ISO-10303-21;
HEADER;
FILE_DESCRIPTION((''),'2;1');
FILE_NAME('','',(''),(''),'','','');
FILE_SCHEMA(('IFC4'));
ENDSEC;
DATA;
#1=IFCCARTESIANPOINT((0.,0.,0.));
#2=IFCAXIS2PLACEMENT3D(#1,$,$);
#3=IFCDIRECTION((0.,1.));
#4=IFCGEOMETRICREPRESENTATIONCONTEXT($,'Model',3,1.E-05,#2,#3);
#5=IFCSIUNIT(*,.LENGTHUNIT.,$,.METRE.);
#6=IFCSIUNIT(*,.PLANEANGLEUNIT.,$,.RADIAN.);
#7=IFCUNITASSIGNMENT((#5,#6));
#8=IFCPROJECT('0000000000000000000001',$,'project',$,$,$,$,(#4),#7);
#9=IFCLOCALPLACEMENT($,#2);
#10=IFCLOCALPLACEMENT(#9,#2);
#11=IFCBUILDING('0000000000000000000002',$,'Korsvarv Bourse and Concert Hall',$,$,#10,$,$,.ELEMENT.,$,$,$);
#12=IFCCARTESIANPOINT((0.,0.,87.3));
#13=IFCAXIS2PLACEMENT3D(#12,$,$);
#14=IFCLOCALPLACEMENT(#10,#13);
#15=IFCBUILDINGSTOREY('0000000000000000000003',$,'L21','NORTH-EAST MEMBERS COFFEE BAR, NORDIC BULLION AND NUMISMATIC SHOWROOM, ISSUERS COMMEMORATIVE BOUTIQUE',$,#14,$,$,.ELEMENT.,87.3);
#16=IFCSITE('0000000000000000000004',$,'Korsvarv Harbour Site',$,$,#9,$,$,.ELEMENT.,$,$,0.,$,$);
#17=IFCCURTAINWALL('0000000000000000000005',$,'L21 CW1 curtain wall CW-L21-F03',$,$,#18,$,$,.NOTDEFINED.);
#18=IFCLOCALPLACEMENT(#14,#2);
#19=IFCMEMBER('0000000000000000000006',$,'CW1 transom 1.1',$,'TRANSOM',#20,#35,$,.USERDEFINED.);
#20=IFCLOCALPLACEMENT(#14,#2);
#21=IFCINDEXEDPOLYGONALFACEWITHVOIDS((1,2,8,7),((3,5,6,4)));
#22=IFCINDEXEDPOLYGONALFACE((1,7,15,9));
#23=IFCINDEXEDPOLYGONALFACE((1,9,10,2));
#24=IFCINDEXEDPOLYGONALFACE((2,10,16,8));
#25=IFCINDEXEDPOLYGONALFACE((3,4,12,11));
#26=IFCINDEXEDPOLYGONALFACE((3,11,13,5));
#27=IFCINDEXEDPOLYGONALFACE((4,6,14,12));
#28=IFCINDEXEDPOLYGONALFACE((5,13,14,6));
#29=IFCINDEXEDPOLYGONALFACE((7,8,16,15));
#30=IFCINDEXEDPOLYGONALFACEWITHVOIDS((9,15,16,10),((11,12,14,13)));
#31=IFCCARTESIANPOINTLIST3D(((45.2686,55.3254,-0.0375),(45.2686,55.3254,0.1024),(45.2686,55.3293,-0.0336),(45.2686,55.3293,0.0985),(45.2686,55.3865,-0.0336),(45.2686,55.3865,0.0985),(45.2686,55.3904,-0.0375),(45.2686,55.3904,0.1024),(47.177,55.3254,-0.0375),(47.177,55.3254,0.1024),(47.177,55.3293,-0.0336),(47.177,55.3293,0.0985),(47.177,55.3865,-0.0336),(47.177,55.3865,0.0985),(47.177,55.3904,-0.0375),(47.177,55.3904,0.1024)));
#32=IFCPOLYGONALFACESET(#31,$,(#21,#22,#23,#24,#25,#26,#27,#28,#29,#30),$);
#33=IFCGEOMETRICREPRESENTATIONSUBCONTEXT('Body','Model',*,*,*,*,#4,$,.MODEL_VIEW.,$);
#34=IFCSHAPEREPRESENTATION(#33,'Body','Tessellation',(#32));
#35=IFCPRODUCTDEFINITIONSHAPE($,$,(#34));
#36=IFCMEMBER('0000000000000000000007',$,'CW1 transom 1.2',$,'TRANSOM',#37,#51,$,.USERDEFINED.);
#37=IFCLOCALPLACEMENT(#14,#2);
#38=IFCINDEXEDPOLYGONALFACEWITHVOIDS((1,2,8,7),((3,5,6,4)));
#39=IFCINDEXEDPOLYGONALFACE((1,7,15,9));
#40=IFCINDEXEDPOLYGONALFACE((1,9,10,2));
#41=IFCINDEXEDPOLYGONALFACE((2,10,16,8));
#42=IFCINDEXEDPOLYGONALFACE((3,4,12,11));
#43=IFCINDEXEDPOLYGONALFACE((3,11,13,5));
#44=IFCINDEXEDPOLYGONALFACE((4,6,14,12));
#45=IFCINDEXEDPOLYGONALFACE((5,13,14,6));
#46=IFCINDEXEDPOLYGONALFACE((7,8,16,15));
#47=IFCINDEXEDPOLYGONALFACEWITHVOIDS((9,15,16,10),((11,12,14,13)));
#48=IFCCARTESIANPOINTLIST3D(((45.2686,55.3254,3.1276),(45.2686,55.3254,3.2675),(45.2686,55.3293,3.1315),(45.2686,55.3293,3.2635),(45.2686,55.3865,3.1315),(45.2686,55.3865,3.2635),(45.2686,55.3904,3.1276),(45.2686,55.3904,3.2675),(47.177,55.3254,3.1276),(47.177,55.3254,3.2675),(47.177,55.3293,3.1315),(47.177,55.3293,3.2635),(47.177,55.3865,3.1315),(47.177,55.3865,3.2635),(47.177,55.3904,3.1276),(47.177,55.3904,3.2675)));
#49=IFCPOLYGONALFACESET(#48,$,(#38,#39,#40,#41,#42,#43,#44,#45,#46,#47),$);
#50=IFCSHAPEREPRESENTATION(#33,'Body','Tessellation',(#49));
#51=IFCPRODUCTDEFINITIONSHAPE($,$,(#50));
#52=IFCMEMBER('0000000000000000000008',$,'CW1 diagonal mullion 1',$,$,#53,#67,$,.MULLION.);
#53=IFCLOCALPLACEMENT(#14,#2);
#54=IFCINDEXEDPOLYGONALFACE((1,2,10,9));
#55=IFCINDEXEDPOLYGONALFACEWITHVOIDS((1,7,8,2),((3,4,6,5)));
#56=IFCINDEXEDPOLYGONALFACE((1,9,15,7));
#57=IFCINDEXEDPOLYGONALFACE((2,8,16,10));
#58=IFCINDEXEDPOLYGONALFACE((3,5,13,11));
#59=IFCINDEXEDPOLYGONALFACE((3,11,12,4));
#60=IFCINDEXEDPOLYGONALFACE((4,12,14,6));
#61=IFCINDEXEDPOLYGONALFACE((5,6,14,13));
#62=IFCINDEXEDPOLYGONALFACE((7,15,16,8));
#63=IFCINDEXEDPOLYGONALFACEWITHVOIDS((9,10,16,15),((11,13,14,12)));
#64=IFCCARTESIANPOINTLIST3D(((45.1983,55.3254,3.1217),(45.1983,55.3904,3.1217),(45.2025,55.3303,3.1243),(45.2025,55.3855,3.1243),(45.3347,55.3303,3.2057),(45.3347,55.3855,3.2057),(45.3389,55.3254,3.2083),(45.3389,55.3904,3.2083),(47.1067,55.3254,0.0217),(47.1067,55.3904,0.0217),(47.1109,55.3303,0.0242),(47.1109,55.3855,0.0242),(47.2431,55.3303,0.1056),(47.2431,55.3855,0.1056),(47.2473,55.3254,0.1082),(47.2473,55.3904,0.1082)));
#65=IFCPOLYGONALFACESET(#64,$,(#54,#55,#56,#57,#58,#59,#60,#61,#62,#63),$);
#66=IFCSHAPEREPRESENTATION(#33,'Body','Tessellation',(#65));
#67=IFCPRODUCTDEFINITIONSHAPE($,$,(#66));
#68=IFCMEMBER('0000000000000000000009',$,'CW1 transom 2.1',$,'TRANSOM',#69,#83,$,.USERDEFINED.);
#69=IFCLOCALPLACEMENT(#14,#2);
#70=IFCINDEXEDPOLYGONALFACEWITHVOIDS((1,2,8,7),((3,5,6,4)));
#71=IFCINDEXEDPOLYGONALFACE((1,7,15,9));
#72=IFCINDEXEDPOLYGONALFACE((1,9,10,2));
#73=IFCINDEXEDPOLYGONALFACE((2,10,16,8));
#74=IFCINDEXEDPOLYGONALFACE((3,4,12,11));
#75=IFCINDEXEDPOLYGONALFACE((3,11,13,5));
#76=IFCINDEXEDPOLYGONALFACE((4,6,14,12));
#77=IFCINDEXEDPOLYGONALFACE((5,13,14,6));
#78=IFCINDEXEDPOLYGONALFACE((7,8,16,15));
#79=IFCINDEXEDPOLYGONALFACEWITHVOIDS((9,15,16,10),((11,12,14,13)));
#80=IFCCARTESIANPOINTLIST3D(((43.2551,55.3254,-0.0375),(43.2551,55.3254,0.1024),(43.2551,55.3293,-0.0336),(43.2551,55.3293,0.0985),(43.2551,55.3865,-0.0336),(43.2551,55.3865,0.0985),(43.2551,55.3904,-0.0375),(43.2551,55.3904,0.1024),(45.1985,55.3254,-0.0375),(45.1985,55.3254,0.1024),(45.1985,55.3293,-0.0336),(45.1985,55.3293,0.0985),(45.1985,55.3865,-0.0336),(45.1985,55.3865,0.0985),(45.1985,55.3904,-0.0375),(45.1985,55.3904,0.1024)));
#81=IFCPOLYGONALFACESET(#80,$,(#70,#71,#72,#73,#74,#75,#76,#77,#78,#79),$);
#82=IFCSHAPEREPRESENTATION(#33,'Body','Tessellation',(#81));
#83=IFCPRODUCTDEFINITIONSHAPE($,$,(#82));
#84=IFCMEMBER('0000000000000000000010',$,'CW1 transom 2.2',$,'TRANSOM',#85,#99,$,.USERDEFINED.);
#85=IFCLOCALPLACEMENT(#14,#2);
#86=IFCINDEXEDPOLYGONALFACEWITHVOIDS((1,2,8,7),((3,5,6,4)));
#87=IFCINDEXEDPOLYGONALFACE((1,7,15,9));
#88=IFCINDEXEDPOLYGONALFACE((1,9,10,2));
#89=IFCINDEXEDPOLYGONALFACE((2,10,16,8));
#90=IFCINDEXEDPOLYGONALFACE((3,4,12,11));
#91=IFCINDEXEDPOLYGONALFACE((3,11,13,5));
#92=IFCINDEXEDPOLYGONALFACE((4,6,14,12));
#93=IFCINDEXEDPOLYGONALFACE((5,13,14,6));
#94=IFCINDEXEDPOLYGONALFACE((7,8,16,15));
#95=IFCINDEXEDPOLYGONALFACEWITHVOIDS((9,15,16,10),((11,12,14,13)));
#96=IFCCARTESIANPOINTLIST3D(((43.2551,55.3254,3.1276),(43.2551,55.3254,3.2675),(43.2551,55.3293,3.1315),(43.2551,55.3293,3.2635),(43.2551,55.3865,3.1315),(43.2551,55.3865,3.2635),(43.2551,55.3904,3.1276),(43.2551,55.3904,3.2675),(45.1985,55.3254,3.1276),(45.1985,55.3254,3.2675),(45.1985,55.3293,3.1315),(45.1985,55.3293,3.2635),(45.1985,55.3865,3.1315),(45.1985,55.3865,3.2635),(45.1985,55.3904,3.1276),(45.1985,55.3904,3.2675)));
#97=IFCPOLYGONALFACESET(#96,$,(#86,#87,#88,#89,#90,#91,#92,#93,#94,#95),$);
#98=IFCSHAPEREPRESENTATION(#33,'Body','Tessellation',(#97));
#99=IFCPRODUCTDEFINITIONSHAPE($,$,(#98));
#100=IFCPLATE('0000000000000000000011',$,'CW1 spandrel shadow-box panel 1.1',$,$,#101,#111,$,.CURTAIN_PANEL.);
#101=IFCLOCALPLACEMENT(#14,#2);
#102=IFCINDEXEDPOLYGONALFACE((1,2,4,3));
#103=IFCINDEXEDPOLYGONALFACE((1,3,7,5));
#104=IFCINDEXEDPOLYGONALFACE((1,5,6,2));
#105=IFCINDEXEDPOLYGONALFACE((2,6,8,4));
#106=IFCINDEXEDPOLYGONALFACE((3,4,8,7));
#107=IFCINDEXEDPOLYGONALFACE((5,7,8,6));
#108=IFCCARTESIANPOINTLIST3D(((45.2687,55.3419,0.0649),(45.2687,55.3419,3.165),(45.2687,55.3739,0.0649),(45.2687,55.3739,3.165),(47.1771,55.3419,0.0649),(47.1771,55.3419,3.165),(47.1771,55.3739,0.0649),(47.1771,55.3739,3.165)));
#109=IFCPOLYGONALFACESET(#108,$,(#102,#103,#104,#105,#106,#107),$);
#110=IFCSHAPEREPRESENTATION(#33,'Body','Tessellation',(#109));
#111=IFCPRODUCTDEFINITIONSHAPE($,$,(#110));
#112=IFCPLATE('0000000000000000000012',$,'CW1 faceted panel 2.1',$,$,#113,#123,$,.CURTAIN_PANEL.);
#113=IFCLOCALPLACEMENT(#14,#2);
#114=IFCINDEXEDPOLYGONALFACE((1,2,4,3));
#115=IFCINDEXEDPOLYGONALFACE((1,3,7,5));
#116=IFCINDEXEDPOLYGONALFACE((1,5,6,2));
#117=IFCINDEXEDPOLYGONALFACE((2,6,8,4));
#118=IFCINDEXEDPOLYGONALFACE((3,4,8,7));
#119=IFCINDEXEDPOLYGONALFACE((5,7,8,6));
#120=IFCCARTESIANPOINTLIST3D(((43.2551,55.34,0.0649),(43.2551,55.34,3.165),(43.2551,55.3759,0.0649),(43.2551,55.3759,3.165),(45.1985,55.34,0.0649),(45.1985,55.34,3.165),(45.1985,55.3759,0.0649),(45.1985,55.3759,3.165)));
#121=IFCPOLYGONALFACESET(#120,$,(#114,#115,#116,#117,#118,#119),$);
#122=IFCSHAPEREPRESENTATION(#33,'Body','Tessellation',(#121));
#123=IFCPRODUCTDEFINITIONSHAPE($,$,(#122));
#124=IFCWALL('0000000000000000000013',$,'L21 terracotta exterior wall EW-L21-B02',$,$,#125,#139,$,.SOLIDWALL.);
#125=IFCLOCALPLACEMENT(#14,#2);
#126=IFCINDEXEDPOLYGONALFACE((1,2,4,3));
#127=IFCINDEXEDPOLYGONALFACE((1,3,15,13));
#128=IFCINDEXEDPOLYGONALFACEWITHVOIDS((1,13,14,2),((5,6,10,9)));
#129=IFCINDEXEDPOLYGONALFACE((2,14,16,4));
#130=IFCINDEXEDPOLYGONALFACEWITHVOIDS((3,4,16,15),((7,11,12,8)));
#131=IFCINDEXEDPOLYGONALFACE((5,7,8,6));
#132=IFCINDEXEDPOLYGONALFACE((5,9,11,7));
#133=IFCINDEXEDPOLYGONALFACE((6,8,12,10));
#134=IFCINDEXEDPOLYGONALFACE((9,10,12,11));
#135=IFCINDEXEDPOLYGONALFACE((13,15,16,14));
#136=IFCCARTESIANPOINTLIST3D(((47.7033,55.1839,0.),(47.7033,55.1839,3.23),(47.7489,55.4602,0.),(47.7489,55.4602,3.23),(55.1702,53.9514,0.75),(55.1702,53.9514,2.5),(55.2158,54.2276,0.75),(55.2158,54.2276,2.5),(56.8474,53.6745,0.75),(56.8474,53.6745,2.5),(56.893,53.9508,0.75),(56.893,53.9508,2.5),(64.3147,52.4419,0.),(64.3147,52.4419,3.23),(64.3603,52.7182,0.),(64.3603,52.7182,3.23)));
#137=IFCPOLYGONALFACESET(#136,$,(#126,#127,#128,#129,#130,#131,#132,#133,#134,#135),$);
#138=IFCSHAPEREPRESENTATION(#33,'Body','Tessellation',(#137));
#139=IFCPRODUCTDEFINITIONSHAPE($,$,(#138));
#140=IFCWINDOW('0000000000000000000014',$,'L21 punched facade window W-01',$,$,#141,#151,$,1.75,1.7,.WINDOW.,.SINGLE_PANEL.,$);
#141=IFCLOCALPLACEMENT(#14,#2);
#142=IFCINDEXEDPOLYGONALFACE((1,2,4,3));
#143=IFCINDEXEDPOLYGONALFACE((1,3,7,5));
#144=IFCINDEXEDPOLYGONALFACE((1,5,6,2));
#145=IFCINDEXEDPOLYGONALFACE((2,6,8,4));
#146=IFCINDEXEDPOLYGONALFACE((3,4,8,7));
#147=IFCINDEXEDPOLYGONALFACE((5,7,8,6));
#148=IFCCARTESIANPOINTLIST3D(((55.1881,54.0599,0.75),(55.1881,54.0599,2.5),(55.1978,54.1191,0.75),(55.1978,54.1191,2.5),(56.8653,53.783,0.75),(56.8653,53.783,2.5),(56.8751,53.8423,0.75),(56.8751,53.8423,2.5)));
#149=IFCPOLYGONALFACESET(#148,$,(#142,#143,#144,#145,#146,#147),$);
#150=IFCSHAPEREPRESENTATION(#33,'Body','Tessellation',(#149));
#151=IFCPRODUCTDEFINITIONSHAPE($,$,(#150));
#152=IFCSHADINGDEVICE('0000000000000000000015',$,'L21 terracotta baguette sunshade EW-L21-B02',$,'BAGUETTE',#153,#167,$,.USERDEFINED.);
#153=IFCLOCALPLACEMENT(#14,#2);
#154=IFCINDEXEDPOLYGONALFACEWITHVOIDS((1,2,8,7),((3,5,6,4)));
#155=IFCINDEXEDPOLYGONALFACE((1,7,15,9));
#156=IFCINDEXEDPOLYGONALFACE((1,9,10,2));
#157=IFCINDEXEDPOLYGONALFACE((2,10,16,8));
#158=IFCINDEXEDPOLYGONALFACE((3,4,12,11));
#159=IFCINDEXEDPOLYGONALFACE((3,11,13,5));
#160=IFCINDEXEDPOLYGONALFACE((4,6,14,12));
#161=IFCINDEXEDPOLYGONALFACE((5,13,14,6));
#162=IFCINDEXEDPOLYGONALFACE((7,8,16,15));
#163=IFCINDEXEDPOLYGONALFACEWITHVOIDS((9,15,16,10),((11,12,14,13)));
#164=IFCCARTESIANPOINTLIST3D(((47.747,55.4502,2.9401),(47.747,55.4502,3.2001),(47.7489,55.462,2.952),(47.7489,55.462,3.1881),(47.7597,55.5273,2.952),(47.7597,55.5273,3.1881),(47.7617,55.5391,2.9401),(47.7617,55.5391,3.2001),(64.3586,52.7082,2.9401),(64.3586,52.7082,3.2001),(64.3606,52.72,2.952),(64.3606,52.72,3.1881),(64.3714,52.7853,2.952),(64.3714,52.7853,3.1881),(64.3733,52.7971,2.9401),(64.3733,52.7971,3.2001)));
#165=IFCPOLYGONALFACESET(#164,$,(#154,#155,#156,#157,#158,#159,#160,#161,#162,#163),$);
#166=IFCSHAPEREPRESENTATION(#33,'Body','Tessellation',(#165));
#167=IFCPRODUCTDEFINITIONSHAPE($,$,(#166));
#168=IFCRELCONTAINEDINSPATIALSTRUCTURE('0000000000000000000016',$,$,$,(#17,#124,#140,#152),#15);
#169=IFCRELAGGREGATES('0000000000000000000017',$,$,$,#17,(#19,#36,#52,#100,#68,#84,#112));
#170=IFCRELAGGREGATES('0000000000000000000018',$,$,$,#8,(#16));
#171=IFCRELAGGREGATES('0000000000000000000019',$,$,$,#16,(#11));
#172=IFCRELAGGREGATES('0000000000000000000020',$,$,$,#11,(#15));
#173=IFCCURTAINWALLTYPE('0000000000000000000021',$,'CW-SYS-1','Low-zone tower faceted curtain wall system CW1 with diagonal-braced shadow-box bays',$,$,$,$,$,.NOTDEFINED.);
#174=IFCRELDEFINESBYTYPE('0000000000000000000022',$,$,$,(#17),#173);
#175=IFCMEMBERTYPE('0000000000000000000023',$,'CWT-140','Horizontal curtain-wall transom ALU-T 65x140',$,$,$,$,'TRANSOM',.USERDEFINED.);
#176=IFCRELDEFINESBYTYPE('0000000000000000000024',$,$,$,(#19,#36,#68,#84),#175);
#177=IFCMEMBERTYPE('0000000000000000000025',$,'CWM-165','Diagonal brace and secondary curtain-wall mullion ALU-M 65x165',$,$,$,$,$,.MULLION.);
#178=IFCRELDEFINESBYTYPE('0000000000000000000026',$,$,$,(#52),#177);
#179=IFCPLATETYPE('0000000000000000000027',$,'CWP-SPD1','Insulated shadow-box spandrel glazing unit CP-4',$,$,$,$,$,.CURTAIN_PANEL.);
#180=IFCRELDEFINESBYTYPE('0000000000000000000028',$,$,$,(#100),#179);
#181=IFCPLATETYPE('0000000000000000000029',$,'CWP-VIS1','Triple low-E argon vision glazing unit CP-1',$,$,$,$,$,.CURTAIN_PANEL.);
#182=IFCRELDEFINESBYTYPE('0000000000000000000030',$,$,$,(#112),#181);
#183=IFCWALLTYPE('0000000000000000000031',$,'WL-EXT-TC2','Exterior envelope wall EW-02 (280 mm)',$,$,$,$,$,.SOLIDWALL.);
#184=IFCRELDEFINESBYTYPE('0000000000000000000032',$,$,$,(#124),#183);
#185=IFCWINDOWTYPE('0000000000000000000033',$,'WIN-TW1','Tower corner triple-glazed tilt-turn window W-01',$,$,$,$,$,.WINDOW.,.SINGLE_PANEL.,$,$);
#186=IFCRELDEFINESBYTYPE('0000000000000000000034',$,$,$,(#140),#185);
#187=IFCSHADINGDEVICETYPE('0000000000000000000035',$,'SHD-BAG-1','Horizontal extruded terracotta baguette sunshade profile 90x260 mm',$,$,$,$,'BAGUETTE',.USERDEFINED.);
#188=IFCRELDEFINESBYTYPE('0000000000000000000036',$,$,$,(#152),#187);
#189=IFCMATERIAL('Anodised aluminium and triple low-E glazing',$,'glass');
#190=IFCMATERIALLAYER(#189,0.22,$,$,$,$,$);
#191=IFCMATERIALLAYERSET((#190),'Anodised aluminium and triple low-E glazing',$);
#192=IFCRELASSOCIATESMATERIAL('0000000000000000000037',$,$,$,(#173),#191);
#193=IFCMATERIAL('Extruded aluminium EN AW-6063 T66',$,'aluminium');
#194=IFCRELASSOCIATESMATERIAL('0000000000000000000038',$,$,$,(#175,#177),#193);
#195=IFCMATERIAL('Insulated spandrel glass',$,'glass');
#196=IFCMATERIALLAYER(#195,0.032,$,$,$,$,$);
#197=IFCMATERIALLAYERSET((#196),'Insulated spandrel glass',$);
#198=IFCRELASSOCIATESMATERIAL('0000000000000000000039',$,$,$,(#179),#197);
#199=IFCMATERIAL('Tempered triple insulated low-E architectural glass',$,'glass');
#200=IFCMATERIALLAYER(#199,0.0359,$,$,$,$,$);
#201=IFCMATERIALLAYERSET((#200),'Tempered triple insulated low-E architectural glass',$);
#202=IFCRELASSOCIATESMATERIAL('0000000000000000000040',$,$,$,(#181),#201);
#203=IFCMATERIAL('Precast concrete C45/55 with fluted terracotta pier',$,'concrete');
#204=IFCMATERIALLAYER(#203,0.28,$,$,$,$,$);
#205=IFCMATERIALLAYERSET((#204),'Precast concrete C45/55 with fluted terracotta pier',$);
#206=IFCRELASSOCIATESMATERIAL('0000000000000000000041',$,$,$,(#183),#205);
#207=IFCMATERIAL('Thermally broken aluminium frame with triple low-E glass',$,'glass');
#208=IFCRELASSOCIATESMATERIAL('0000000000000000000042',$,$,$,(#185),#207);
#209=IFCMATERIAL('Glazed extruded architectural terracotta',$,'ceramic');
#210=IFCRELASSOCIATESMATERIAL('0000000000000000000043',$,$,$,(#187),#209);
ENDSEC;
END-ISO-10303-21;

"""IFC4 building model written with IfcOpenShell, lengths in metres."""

from ifc_helpers import new_model, si_unit, direction, frame, frame_2d, origin, origin_2d, place, context, subcontext, project, spatial, rectangle, hollow_rectangle, extrude, source, transform, mapped, material, layer, layer_set, material_profile, profile_set, type_object, element, fill, aggregate, save


model = new_model("IFC4")

# Units and contexts
model_context = context("Model", 3, precision=1e-05, world=origin(), true_north=direction((0.0, 1.0)))
body_context = subcontext(model_context, "Body", "Model", "MODEL_VIEW")
ifc_project = project(units=[si_unit("LENGTHUNIT", "METRE"), si_unit("PLANEANGLEUNIT", "RADIAN")], contexts=[model_context])

# Site, building, storey
site_placement = place(None, origin())
site = spatial("IfcSite", under=ifc_project, at=site_placement, Name="Korsvarv Harbour Site", CompositionType="ELEMENT", RefElevation=0.0)
building_placement = place(site_placement, origin())
building = spatial("IfcBuilding", under=site, at=building_placement, Name="Korsvarv Bourse and Concert Hall", CompositionType="ELEMENT")
storey_placement = place(building_placement, frame((0.0, 0.0, 87.3)))
storey = spatial("IfcBuildingStorey", under=building, at=storey_placement, Name="L21", Description="NORTH-EAST MEMBERS COFFEE BAR, NORDIC BULLION AND NUMISMATIC SHOWROOM, ISSUERS COMMEMORATIVE BOUTIQUE", CompositionType="ELEMENT", Elevation=87.3)

# Curtain wall, members, plates
ifc_material_1 = material(Name="Anodised aluminium and triple low-E glazing", Category="glass")
ifc_layer_1 = layer(ifc_material_1, 0.22)
ifc_layer_set_1 = layer_set([ifc_layer_1], Name="Anodised aluminium and triple low-E glazing")
curtain_wall_type = type_object("IfcCurtainWallType", Name="CW-SYS-1", Description="Low-zone tower faceted curtain wall system CW1 with diagonal-braced shadow-box bays", PredefinedType="NOTDEFINED", material=ifc_layer_set_1)
curtain_wall_placement = place(storey_placement, origin())
curtain_wall = element("IfcCurtainWall", 1, at=curtain_wall_placement, inside=storey, type_object=curtain_wall_type, Name="L21 CW1 curtain wall CW-L21-F03", PredefinedType="NOTDEFINED")
ifc_material_2 = material(Name="Extruded aluminium EN AW-6063 T66", Category="aluminium")
ifc_material_profile_1 = material_profile(ifc_material_2, hollow_rectangle(XDim=0.0649, YDim=0.1399, WallThickness=0.0039, at=origin_2d()), Name="ALU-T 65x140")
ifc_profile_set_1 = profile_set([ifc_material_profile_1], Name="Extruded aluminium EN AW-6063 T66")
member_type_1 = type_object("IfcMemberType", Name="CWT-140", Description="Horizontal curtain-wall transom ALU-T 65x140", ElementType="TRANSOM", PredefinedType="USERDEFINED", material=ifc_profile_set_1)
shared_shape_1 = source(origin(), body_context, "Body", "SweptSolid", [
    extrude(hollow_rectangle(XDim=0.0649, YDim=0.1399, WallThickness=0.0039, at=origin_2d()), origin(), (0.0, 0.0, 1.0), 1.9084),
])
member_1_placement = place(storey_placement, frame((47.177, 55.3579, 0.0325), z_axis=(-1.0, 0.0, 0.0), x_axis=(0.0, -1.0, 0.0)))
member_1 = element("IfcMember", 2, at=member_1_placement, type_object=member_type_1, Name="CW1 transom 1.1", ObjectType="TRANSOM", PredefinedType="USERDEFINED", context=body_context, shape_type="MappedRepresentation", body=[
    mapped(shared_shape_1, transform((0.0, 0.0, 0.0), scale=1.0)),
])
member_2_placement = place(storey_placement, frame((47.177, 55.3579, 3.1975), z_axis=(-1.0, 0.0, 0.0), x_axis=(0.0, -1.0, 0.0)))
member_2 = element("IfcMember", 3, at=member_2_placement, type_object=member_type_1, Name="CW1 transom 1.2", ObjectType="TRANSOM", PredefinedType="USERDEFINED", context=body_context, shape_type="MappedRepresentation", body=[
    mapped(shared_shape_1, transform((0.0, 0.0, 0.0), scale=1.0)),
])
ifc_material_profile_2 = material_profile(ifc_material_2, hollow_rectangle(XDim=0.0649, YDim=0.165, WallThickness=0.0049, at=origin_2d()), Name="ALU-M 65x165")
ifc_profile_set_2 = profile_set([ifc_material_profile_2], Name="Extruded aluminium EN AW-6063 T66")
member_type_2 = type_object("IfcMemberType", Name="CWM-165", Description="Diagonal brace and secondary curtain-wall mullion ALU-M 65x165", PredefinedType="MULLION", material=ifc_profile_set_2)
shared_shape_2 = source(origin(), body_context, "Body", "SweptSolid", [
    extrude(hollow_rectangle(XDim=0.0649, YDim=0.165, WallThickness=0.0049, at=origin_2d()), origin(), (0.0, 0.0, 1.0), 3.6404),
])
member_3_placement = place(storey_placement, frame((47.177, 55.3579, 0.0649), z_axis=(-0.524236, 0.0, 0.851573), x_axis=(0.0, -1.0, 0.0)))
member_3 = element("IfcMember", 4, at=member_3_placement, type_object=member_type_2, Name="CW1 diagonal mullion 1", PredefinedType="MULLION", context=body_context, shape_type="MappedRepresentation", body=[
    mapped(shared_shape_2, transform((0.0, 0.0, 0.0), scale=1.0)),
])
shared_shape_3 = source(origin(), body_context, "Body", "SweptSolid", [
    extrude(hollow_rectangle(XDim=0.0649, YDim=0.1399, WallThickness=0.0039, at=origin_2d()), origin(), (0.0, 0.0, 1.0), 1.9434),
])
member_4_placement = place(storey_placement, frame((45.1985, 55.3579, 0.0325), z_axis=(-1.0, 0.0, 0.0), x_axis=(0.0, -1.0, 0.0)))
member_4 = element("IfcMember", 5, at=member_4_placement, type_object=member_type_1, Name="CW1 transom 2.1", ObjectType="TRANSOM", PredefinedType="USERDEFINED", context=body_context, shape_type="MappedRepresentation", body=[
    mapped(shared_shape_3, transform((0.0, 0.0, 0.0), scale=1.0)),
])
member_5_placement = place(storey_placement, frame((45.1985, 55.3579, 3.1975), z_axis=(-1.0, 0.0, 0.0), x_axis=(0.0, -1.0, 0.0)))
member_5 = element("IfcMember", 6, at=member_5_placement, type_object=member_type_1, Name="CW1 transom 2.2", ObjectType="TRANSOM", PredefinedType="USERDEFINED", context=body_context, shape_type="MappedRepresentation", body=[
    mapped(shared_shape_3, transform((0.0, 0.0, 0.0), scale=1.0)),
])
ifc_material_3 = material(Name="Insulated spandrel glass", Category="glass")
ifc_layer_2 = layer(ifc_material_3, 0.032)
ifc_layer_set_2 = layer_set([ifc_layer_2], Name="Insulated spandrel glass")
plate_type_1 = type_object("IfcPlateType", Name="CWP-SPD1", Description="Insulated shadow-box spandrel glazing unit CP-4", PredefinedType="CURTAIN_PANEL", material=ifc_layer_set_2)
shared_shape_4 = source(origin(), body_context, "Body", "SweptSolid", [
    extrude(rectangle(XDim=1.9084, YDim=0.032, at=origin_2d()), origin(), (0.0, 0.0, 1.0), 3.1001),
])
plate_1_placement = place(storey_placement, frame((46.2229, 55.3579, 0.0649), z_axis=(0.0, 0.0, 1.0), x_axis=(-1.0, 0.0, 0.0)))
plate_1 = element("IfcPlate", 7, at=plate_1_placement, type_object=plate_type_1, Name="CW1 spandrel shadow-box panel 1.1", PredefinedType="CURTAIN_PANEL", context=body_context, shape_type="MappedRepresentation", body=[
    mapped(shared_shape_4, transform((0.0, 0.0, 0.0), scale=1.0)),
])
ifc_material_4 = material(Name="Tempered triple insulated low-E architectural glass", Category="glass")
ifc_layer_3 = layer(ifc_material_4, 0.0359)
ifc_layer_set_3 = layer_set([ifc_layer_3], Name="Tempered triple insulated low-E architectural glass")
plate_type_2 = type_object("IfcPlateType", Name="CWP-VIS1", Description="Triple low-E argon vision glazing unit CP-1", PredefinedType="CURTAIN_PANEL", material=ifc_layer_set_3)
shared_shape_5 = source(origin(), body_context, "Body", "SweptSolid", [
    extrude(rectangle(XDim=1.9434, YDim=0.0359, at=origin_2d()), origin(), (0.0, 0.0, 1.0), 3.1001),
])
plate_2_placement = place(storey_placement, frame((44.2268, 55.3579, 0.0649), z_axis=(0.0, 0.0, 1.0), x_axis=(-1.0, 0.0, 0.0)))
plate_2 = element("IfcPlate", 8, at=plate_2_placement, type_object=plate_type_2, Name="CW1 faceted panel 2.1", PredefinedType="CURTAIN_PANEL", context=body_context, shape_type="MappedRepresentation", body=[
    mapped(shared_shape_5, transform((0.0, 0.0, 0.0), scale=1.0)),
])
aggregate(curtain_wall, [member_1, member_2, member_3, plate_1, member_4, member_5, plate_2])

# Wall, opening, window
ifc_material_5 = material(Name="Precast concrete C45/55 with fluted terracotta pier", Category="concrete")
ifc_layer_4 = layer(ifc_material_5, 0.28)
ifc_layer_set_4 = layer_set([ifc_layer_4], Name="Precast concrete C45/55 with fluted terracotta pier")
wall_type = type_object("IfcWallType", Name="WL-EXT-TC2", Description="Exterior envelope wall EW-02 (280 mm)", PredefinedType="SOLIDWALL", material=ifc_layer_set_4)
wall_placement = place(storey_placement, frame((64.3374, 52.5801, 0.0), z_axis=(0.0, 0.0, 1.0), x_axis=(-0.986649, 0.162861, 0.0)))
wall = element("IfcWall", 9, at=wall_placement, inside=storey, type_object=wall_type, Name="L21 terracotta exterior wall EW-L21-B02", PredefinedType="SOLIDWALL", context=body_context, shape_type="SweptSolid", body=[
    extrude(rectangle(XDim=16.8362, YDim=0.28, at=frame_2d((8.418, 0.0))), origin(), (0.0, 0.0, 1.0), 3.23),
])
opening_placement = place(wall_placement, frame((7.5681, 0.0, 0.75)))
opening = element("IfcOpeningElement", 10, at=opening_placement, cuts=wall, PredefinedType="OPENING", context=body_context, shape_type="SweptSolid", body=[
    extrude(rectangle(XDim=1.7, YDim=1.75, at=frame_2d((0.8501, 0.875))), frame((0.0, 0.1499, 0.0), z_axis=(0.0, -1.0, 0.0), x_axis=(1.0, 0.0, 0.0)), (0.0, 0.0, 1.0), 0.3),
])
ifc_material_6 = material(Name="Thermally broken aluminium frame with triple low-E glass", Category="glass")
window_type = type_object("IfcWindowType", Name="WIN-TW1", Description="Tower corner triple-glazed tilt-turn window W-01", PartitioningType="SINGLE_PANEL", PredefinedType="WINDOW", material=ifc_material_6)
window_placement = place(opening_placement, origin())
window = element("IfcWindow", 11, at=window_placement, inside=storey, type_object=window_type, Name="L21 punched facade window W-01", OverallHeight=1.75, OverallWidth=1.7, PartitioningType="SINGLE_PANEL", PredefinedType="WINDOW", context=body_context, shape_type="SweptSolid", body=[
    extrude(rectangle(XDim=1.7, YDim=1.75, at=frame_2d((0.8501, 0.875))), frame((0.0, 0.03, 0.0), z_axis=(0.0, -1.0, 0.0), x_axis=(1.0, 0.0, 0.0)), (0.0, 0.0, 1.0), 0.0601),
])
fill(opening, window)

# Shading device
ifc_material_7 = material(Name="Glazed extruded architectural terracotta", Category="ceramic")
ifc_material_profile_3 = material_profile(ifc_material_7, hollow_rectangle(XDim=0.0901, YDim=0.26, WallThickness=0.012, at=origin_2d()), Name="TC-BAG 90x260")
ifc_profile_set_3 = profile_set([ifc_material_profile_3], Name="Glazed extruded architectural terracotta")
shading_device_type = type_object("IfcShadingDeviceType", Name="SHD-BAG-1", Description="Horizontal extruded terracotta baguette sunshade profile 90x260 mm", ElementType="BAGUETTE", PredefinedType="USERDEFINED", material=ifc_profile_set_3)
shared_shape_6 = source(origin(), body_context, "Body", "SweptSolid", [
    extrude(hollow_rectangle(XDim=0.0901, YDim=0.26, WallThickness=0.012, at=origin_2d()), origin(), (0.0, 0.0, 1.0), 16.8364),
])
shading_device_placement = place(storey_placement, frame((64.366, 52.7527, 3.0701), z_axis=(-0.986649, 0.162859, 0.0), x_axis=(-0.162859, -0.986649, 0.0)))
element("IfcShadingDevice", 12, at=shading_device_placement, inside=storey, type_object=shading_device_type, Name="L21 terracotta baguette sunshade EW-L21-B02", ObjectType="BAGUETTE", PredefinedType="USERDEFINED", context=body_context, shape_type="MappedRepresentation", body=[
    mapped(shared_shape_6, transform((0.0, 0.0, 0.0), scale=1.0)),
])

save(model, "model.ifc")
